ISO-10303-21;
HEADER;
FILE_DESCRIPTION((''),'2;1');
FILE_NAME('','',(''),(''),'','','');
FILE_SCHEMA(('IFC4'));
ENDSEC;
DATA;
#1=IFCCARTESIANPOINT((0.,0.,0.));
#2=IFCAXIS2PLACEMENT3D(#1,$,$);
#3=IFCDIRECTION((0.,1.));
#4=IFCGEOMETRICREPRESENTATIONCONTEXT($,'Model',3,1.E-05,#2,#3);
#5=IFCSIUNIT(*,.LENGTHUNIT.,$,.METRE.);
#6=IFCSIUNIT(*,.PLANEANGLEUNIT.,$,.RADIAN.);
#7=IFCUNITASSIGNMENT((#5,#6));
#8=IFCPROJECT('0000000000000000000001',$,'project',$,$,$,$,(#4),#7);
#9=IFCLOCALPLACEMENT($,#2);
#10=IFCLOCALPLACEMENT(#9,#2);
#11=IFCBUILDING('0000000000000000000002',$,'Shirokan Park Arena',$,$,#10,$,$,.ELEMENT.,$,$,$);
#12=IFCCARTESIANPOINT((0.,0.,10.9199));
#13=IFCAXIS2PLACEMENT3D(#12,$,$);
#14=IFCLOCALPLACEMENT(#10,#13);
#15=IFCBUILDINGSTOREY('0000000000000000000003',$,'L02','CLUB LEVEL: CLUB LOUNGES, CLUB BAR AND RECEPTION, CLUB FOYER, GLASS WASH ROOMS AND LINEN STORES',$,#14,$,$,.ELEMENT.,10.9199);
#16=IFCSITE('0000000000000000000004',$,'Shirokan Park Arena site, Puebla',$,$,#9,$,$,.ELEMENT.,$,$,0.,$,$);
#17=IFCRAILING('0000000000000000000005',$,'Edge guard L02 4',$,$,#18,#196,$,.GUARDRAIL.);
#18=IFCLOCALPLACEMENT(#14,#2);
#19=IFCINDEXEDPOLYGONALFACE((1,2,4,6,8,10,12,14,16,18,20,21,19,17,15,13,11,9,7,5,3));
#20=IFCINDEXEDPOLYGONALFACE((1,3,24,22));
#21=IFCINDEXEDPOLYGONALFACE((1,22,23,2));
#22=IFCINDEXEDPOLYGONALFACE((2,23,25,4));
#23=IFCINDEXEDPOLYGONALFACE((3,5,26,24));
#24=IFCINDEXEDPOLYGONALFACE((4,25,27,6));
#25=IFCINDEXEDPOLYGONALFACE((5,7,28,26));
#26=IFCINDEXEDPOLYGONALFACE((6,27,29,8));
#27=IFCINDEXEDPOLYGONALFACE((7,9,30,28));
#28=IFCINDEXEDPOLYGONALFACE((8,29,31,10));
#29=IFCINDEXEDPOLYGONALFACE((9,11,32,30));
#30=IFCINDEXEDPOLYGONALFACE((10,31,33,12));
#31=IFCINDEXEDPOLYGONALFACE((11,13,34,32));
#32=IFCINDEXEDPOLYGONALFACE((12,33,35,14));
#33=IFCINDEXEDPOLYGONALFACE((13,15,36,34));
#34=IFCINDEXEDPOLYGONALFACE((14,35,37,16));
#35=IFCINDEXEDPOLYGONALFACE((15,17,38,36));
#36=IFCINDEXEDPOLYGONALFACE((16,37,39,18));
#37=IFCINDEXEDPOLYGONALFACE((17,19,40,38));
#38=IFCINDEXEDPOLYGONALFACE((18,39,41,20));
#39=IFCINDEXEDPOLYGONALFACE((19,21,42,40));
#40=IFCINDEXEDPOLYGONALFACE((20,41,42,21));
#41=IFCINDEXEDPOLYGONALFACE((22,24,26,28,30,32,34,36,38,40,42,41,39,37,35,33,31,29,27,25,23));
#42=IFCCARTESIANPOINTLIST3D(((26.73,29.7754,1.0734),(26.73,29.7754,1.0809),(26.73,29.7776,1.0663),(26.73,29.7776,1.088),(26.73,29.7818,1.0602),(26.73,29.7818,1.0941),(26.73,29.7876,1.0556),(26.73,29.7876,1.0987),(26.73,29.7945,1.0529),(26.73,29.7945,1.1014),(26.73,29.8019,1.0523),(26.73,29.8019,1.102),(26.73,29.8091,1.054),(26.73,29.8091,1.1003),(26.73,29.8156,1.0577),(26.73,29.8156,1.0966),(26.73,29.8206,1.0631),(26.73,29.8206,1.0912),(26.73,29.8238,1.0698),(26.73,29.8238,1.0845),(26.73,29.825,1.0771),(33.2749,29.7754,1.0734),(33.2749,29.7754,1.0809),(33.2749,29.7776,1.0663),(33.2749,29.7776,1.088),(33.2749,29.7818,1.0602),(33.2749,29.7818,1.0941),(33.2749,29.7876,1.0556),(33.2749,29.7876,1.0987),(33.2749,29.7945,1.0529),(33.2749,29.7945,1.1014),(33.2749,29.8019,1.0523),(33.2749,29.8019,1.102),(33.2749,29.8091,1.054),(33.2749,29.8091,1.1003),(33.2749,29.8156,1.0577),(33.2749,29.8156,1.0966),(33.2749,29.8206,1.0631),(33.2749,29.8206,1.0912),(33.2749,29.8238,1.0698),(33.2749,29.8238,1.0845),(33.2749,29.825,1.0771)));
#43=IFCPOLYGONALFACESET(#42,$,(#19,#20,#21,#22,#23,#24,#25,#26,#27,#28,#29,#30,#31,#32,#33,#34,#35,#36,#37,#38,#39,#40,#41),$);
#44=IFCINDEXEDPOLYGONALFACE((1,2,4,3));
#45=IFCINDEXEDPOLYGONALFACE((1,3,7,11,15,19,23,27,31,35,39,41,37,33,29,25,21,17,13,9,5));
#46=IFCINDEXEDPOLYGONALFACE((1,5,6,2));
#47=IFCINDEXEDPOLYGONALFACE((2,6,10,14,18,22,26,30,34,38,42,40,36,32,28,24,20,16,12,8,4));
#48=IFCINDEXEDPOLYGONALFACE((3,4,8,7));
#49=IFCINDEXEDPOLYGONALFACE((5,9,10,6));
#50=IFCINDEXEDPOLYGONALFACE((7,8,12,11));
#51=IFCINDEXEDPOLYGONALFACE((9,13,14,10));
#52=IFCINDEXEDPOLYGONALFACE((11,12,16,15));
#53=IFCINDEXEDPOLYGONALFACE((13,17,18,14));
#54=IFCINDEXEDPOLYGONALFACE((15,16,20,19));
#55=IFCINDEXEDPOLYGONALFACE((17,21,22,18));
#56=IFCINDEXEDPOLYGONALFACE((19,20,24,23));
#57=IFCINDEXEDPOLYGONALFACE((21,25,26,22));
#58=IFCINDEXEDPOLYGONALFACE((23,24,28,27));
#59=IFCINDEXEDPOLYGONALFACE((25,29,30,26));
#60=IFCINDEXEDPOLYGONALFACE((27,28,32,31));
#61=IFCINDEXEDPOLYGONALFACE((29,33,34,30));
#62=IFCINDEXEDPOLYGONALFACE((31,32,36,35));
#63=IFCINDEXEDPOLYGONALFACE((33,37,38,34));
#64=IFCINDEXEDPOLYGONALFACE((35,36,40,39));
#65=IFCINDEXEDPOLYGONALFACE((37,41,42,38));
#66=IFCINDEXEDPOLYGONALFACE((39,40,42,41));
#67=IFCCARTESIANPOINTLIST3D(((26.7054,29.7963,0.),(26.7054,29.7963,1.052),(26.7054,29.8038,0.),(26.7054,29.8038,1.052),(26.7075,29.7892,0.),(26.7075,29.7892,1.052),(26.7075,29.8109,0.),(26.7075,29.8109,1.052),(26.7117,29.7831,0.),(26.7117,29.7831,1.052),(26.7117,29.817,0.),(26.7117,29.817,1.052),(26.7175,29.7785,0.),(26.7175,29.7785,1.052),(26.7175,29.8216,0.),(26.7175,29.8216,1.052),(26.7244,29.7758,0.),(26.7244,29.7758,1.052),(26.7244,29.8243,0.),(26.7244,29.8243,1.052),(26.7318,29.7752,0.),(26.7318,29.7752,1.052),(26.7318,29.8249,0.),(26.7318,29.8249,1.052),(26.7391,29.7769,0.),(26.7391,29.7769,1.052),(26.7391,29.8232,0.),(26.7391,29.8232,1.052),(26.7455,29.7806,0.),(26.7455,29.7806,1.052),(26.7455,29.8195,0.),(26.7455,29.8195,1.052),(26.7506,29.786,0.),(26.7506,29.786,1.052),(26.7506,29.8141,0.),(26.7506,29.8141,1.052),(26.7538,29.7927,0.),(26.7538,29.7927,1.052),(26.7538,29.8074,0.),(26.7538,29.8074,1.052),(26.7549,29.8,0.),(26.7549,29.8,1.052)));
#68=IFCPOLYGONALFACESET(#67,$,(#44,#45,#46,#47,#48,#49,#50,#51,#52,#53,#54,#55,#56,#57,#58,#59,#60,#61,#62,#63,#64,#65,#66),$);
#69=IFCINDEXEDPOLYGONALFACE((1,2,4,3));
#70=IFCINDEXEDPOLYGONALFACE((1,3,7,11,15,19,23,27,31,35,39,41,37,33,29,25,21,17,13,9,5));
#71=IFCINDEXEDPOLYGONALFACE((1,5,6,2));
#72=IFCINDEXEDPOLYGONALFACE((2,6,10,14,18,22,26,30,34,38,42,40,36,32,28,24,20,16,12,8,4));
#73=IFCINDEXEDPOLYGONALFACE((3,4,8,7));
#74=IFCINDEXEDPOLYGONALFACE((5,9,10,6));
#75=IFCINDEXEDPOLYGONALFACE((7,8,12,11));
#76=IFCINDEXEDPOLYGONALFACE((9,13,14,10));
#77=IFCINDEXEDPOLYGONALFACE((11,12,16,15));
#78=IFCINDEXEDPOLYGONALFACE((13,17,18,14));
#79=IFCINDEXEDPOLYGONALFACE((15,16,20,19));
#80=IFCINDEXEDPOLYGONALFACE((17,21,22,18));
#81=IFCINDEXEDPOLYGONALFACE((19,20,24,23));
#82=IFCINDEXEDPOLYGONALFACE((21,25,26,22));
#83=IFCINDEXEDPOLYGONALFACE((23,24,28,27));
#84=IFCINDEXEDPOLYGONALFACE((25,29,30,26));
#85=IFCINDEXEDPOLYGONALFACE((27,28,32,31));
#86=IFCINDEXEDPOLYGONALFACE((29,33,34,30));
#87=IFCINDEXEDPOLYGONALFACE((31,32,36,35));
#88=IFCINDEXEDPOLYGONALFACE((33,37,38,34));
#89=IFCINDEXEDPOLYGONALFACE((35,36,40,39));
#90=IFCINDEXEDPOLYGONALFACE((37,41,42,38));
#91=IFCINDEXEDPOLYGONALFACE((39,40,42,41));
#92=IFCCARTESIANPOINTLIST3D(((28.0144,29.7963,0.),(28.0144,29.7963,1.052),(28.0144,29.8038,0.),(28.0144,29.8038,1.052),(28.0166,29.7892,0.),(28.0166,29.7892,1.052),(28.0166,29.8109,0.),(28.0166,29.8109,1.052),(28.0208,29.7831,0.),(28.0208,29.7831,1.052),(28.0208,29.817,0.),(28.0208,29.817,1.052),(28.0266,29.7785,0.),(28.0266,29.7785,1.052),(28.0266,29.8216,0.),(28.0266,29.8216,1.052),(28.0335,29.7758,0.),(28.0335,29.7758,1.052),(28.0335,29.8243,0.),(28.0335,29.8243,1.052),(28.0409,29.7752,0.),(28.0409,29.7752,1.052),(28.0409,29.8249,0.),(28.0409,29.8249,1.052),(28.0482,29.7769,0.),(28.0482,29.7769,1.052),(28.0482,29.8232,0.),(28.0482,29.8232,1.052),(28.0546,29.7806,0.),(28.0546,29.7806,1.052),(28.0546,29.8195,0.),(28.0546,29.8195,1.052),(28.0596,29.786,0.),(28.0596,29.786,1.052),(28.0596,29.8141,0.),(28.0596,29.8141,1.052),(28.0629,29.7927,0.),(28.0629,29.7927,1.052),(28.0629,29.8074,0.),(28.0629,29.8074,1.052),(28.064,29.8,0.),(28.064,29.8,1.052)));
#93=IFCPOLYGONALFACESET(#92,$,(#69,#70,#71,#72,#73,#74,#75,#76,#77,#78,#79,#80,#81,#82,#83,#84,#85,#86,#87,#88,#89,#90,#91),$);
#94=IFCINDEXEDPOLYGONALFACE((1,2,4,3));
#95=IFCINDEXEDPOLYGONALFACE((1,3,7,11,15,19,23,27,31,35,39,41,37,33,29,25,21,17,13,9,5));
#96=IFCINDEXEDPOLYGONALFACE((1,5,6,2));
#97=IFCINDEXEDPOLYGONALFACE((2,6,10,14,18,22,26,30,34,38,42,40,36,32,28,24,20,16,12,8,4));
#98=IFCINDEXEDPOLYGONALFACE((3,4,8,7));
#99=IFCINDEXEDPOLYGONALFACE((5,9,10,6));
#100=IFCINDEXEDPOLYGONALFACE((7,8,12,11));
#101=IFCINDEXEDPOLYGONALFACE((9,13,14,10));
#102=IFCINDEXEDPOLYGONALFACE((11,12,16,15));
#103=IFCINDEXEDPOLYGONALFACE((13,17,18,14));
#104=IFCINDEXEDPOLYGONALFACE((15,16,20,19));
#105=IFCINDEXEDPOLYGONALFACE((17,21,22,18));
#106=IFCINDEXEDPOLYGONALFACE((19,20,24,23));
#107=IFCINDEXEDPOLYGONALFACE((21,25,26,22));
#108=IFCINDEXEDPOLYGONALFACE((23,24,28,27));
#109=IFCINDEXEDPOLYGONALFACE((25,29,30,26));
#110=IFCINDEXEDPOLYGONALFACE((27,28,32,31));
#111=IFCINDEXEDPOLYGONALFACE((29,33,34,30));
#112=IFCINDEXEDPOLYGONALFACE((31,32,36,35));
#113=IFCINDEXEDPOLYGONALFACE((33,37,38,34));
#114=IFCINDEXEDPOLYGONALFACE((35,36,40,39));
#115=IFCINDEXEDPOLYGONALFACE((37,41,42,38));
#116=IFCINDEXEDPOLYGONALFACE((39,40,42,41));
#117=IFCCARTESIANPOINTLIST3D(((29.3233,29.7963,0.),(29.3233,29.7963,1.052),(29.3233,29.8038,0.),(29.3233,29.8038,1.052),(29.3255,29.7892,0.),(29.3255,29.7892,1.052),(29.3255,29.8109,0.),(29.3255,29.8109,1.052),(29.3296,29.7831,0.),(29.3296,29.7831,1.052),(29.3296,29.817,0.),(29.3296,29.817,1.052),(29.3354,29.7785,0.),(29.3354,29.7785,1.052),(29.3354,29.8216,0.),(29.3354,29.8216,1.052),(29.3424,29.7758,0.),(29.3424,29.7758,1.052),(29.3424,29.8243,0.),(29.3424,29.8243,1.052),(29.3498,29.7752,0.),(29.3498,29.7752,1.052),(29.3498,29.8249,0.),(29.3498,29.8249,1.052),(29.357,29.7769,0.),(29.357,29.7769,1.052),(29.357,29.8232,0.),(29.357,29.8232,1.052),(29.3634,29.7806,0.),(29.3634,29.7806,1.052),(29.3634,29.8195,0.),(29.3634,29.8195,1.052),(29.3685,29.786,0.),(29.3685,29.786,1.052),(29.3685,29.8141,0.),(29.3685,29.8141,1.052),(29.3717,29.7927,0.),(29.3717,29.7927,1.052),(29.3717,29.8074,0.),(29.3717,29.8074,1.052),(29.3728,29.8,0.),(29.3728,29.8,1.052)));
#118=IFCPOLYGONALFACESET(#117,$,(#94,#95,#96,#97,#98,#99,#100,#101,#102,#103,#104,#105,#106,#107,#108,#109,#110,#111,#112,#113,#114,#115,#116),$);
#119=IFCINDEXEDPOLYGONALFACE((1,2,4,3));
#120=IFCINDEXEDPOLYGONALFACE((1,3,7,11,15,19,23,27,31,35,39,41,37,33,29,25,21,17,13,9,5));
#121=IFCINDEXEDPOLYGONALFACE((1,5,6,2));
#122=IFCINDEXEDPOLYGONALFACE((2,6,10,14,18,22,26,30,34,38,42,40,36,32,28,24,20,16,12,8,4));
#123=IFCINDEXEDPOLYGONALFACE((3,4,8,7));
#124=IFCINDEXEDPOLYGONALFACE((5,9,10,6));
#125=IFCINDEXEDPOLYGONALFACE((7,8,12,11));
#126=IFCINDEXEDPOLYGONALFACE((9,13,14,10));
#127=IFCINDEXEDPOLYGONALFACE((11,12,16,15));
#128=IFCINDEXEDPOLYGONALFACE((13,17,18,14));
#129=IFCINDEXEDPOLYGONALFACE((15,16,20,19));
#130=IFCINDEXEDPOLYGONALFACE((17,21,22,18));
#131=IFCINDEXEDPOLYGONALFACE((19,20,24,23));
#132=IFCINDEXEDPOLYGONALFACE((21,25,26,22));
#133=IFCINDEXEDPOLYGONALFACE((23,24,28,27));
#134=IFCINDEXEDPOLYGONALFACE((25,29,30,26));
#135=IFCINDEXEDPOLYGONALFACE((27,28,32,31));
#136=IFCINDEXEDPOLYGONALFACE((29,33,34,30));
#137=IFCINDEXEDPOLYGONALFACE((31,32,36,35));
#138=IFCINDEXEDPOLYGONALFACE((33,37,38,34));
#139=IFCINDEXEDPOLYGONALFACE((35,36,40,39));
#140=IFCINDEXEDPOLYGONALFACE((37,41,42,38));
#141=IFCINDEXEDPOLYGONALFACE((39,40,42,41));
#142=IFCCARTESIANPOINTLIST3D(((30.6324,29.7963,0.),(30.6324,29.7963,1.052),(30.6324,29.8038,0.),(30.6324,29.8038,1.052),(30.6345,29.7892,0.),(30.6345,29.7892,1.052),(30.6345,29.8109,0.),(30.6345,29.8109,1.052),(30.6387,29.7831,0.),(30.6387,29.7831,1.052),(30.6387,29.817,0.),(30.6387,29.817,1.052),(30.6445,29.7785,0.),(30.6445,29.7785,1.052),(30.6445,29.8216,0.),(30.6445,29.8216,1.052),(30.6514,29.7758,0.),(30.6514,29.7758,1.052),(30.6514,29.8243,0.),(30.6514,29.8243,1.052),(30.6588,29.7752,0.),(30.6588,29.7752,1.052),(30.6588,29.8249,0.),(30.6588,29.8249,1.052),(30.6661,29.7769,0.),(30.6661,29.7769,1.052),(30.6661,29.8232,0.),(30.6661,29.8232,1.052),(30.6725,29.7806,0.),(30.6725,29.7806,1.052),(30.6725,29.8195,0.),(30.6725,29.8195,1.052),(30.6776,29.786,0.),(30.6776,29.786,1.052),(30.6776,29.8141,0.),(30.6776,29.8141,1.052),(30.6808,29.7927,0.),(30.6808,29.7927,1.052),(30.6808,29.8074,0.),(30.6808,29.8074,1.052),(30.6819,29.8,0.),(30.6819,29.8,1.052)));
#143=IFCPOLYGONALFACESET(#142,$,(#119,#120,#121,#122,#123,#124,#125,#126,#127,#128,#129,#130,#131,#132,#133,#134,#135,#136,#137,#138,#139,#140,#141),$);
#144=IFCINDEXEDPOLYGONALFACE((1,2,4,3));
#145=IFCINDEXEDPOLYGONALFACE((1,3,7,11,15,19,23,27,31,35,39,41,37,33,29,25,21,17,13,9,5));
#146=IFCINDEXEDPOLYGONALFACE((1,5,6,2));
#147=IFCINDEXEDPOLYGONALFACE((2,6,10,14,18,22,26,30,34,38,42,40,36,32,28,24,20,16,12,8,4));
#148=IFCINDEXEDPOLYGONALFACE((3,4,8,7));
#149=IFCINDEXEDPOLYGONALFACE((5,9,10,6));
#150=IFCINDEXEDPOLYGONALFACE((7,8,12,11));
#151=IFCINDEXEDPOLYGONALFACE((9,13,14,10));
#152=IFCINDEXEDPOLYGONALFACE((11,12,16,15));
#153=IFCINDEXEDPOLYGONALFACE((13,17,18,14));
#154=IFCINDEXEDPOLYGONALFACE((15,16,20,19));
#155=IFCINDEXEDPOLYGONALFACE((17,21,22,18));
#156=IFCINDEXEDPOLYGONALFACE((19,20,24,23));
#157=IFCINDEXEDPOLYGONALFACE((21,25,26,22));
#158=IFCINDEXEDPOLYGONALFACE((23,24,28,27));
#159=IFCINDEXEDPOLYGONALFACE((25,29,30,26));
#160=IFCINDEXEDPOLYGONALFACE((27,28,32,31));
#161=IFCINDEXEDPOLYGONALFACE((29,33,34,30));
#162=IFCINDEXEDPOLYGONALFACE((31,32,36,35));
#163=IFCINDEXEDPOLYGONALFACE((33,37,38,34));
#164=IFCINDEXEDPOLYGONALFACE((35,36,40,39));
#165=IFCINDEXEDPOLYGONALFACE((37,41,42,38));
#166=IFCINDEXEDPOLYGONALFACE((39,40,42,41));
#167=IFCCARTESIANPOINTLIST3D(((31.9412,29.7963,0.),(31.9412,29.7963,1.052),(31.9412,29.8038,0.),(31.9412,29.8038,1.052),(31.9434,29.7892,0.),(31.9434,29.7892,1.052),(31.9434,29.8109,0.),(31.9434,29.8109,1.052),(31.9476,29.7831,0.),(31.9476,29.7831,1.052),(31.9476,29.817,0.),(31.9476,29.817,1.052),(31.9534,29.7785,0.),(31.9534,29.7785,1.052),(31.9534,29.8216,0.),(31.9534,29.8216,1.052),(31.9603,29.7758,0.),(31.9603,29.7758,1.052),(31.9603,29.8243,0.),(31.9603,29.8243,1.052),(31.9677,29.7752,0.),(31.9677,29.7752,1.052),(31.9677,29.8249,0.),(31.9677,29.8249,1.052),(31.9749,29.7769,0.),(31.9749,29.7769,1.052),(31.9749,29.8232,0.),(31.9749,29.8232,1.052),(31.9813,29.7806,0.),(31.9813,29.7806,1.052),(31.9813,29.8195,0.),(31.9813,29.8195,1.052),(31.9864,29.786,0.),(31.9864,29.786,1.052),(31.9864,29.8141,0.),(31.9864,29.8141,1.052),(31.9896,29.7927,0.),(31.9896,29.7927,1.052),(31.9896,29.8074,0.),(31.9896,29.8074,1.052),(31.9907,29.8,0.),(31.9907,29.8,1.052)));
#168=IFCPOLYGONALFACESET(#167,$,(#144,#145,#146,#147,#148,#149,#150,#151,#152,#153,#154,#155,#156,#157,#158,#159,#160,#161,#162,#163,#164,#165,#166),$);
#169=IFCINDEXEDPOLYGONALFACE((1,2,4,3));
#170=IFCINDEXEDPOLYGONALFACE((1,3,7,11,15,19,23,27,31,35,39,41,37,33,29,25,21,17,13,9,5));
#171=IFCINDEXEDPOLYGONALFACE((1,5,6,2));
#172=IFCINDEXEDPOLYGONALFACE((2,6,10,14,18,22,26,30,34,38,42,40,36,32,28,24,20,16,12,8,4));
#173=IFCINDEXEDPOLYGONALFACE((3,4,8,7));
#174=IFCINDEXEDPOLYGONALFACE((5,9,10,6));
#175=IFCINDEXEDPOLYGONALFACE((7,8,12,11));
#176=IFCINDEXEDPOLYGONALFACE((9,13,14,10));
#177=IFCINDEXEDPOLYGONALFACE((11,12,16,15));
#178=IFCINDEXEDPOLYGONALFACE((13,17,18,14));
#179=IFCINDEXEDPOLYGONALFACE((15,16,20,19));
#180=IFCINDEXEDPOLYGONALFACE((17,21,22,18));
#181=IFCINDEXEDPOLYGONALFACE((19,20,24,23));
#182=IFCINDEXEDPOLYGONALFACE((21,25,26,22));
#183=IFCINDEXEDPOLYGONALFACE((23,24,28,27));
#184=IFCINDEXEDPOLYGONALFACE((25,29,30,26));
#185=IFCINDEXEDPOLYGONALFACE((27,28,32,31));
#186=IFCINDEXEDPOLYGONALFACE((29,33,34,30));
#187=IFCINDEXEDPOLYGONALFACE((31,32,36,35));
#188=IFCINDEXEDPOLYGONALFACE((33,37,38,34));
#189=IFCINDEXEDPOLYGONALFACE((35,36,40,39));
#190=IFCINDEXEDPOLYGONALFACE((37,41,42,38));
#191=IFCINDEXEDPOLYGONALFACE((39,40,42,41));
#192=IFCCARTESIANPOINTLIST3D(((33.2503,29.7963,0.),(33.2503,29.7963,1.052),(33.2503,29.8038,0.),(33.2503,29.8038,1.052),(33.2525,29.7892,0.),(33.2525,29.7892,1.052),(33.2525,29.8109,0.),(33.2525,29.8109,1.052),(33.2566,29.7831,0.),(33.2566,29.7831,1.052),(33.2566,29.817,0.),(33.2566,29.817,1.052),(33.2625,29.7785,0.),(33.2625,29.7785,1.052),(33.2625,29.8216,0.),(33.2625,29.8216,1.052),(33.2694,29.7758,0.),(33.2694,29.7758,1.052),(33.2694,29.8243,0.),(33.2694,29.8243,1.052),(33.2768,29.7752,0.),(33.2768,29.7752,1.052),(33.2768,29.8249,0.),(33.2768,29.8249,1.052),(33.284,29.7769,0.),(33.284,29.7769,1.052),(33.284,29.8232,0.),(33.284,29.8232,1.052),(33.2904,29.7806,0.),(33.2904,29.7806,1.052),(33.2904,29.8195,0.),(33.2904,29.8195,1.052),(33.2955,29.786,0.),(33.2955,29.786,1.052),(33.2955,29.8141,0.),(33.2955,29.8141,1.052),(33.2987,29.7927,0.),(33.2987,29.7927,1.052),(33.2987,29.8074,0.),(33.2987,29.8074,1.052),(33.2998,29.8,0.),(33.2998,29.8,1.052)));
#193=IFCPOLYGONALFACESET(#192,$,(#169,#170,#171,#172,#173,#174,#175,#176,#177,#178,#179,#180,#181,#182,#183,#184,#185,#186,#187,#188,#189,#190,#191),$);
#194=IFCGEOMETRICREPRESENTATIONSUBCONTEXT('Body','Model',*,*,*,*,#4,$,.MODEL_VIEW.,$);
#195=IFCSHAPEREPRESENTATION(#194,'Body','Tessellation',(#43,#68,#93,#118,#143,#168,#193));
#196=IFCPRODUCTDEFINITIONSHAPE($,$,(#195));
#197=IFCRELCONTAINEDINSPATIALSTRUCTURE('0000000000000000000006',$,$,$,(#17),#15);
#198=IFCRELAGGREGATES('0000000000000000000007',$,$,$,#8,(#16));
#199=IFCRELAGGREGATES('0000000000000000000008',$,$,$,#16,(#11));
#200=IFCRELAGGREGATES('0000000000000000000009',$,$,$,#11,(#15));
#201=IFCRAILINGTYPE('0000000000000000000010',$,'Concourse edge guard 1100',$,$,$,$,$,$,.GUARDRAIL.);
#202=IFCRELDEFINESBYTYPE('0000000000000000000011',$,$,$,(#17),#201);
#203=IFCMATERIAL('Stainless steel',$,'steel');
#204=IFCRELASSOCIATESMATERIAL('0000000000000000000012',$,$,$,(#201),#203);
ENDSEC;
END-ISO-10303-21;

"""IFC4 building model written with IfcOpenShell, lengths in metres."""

from ifc_helpers import new_model, si_unit, direction, frame, origin, origin_2d, place, context, subcontext, project, spatial, circle, extrude, material, type_object, element, save


model = new_model("IFC4")

# Units and contexts
model_context = context("Model", 3, precision=1e-05, world=origin(), true_north=direction((0.0, 1.0)))
body_context = subcontext(model_context, "Body", "Model", "MODEL_VIEW")
ifc_project = project(units=[si_unit("LENGTHUNIT", "METRE"), si_unit("PLANEANGLEUNIT", "RADIAN")], contexts=[model_context])

# Site, building, storey
site_placement = place(None, origin())
site = spatial("IfcSite", under=ifc_project, at=site_placement, Name="Shirokan Park Arena site, Puebla", CompositionType="ELEMENT", RefElevation=0.0)
building_placement = place(site_placement, origin())
building = spatial("IfcBuilding", under=site, at=building_placement, Name="Shirokan Park Arena", CompositionType="ELEMENT")
storey_placement = place(building_placement, frame((0.0, 0.0, 10.9199)))
storey = spatial("IfcBuildingStorey", under=building, at=storey_placement, Name="L02", Description="CLUB LEVEL: CLUB LOUNGES, CLUB BAR AND RECEPTION, CLUB FOYER, GLASS WASH ROOMS AND LINEN STORES", CompositionType="ELEMENT", Elevation=10.9199)

# Railing
ifc_material_1 = material(Name="Stainless steel", Category="steel")
railing_type = type_object("IfcRailingType", Name="Concourse edge guard 1100", PredefinedType="GUARDRAIL", material=ifc_material_1)
railing_1_placement = place(storey_placement, frame((26.73, 29.8, 0.0)))
element("IfcRailing", 1, at=railing_1_placement, inside=storey, type_object=railing_type, Name="Edge guard L02 4", PredefinedType="GUARDRAIL", context=body_context, shape_type="SweptSolid", body=[
    extrude(circle(Radius=0.0249, at=origin_2d()), frame((0.0, 0.0, 1.0771), z_axis=(1.0, 0.0, 0.0), x_axis=(0.0, 1.0, 0.0)), (0.0, 0.0, 1.0), 6.5449),
    extrude(circle(Radius=0.0249, at=origin_2d()), origin(), (0.0, 0.0, 1.0), 1.052),
    extrude(circle(Radius=0.0249, at=origin_2d()), frame((1.3091, 0.0, 0.0)), (0.0, 0.0, 1.0), 1.052),
    extrude(circle(Radius=0.0249, at=origin_2d()), frame((2.6179, 0.0, 0.0)), (0.0, 0.0, 1.0), 1.052),
    extrude(circle(Radius=0.0249, at=origin_2d()), frame((3.927, 0.0, 0.0)), (0.0, 0.0, 1.0), 1.052),
    extrude(circle(Radius=0.0249, at=origin_2d()), frame((5.2358, 0.0, 0.0)), (0.0, 0.0, 1.0), 1.052),
    extrude(circle(Radius=0.0249, at=origin_2d()), frame((6.5449, 0.0, 0.0)), (0.0, 0.0, 1.0), 1.052),
])

save(model, "model.ifc")
